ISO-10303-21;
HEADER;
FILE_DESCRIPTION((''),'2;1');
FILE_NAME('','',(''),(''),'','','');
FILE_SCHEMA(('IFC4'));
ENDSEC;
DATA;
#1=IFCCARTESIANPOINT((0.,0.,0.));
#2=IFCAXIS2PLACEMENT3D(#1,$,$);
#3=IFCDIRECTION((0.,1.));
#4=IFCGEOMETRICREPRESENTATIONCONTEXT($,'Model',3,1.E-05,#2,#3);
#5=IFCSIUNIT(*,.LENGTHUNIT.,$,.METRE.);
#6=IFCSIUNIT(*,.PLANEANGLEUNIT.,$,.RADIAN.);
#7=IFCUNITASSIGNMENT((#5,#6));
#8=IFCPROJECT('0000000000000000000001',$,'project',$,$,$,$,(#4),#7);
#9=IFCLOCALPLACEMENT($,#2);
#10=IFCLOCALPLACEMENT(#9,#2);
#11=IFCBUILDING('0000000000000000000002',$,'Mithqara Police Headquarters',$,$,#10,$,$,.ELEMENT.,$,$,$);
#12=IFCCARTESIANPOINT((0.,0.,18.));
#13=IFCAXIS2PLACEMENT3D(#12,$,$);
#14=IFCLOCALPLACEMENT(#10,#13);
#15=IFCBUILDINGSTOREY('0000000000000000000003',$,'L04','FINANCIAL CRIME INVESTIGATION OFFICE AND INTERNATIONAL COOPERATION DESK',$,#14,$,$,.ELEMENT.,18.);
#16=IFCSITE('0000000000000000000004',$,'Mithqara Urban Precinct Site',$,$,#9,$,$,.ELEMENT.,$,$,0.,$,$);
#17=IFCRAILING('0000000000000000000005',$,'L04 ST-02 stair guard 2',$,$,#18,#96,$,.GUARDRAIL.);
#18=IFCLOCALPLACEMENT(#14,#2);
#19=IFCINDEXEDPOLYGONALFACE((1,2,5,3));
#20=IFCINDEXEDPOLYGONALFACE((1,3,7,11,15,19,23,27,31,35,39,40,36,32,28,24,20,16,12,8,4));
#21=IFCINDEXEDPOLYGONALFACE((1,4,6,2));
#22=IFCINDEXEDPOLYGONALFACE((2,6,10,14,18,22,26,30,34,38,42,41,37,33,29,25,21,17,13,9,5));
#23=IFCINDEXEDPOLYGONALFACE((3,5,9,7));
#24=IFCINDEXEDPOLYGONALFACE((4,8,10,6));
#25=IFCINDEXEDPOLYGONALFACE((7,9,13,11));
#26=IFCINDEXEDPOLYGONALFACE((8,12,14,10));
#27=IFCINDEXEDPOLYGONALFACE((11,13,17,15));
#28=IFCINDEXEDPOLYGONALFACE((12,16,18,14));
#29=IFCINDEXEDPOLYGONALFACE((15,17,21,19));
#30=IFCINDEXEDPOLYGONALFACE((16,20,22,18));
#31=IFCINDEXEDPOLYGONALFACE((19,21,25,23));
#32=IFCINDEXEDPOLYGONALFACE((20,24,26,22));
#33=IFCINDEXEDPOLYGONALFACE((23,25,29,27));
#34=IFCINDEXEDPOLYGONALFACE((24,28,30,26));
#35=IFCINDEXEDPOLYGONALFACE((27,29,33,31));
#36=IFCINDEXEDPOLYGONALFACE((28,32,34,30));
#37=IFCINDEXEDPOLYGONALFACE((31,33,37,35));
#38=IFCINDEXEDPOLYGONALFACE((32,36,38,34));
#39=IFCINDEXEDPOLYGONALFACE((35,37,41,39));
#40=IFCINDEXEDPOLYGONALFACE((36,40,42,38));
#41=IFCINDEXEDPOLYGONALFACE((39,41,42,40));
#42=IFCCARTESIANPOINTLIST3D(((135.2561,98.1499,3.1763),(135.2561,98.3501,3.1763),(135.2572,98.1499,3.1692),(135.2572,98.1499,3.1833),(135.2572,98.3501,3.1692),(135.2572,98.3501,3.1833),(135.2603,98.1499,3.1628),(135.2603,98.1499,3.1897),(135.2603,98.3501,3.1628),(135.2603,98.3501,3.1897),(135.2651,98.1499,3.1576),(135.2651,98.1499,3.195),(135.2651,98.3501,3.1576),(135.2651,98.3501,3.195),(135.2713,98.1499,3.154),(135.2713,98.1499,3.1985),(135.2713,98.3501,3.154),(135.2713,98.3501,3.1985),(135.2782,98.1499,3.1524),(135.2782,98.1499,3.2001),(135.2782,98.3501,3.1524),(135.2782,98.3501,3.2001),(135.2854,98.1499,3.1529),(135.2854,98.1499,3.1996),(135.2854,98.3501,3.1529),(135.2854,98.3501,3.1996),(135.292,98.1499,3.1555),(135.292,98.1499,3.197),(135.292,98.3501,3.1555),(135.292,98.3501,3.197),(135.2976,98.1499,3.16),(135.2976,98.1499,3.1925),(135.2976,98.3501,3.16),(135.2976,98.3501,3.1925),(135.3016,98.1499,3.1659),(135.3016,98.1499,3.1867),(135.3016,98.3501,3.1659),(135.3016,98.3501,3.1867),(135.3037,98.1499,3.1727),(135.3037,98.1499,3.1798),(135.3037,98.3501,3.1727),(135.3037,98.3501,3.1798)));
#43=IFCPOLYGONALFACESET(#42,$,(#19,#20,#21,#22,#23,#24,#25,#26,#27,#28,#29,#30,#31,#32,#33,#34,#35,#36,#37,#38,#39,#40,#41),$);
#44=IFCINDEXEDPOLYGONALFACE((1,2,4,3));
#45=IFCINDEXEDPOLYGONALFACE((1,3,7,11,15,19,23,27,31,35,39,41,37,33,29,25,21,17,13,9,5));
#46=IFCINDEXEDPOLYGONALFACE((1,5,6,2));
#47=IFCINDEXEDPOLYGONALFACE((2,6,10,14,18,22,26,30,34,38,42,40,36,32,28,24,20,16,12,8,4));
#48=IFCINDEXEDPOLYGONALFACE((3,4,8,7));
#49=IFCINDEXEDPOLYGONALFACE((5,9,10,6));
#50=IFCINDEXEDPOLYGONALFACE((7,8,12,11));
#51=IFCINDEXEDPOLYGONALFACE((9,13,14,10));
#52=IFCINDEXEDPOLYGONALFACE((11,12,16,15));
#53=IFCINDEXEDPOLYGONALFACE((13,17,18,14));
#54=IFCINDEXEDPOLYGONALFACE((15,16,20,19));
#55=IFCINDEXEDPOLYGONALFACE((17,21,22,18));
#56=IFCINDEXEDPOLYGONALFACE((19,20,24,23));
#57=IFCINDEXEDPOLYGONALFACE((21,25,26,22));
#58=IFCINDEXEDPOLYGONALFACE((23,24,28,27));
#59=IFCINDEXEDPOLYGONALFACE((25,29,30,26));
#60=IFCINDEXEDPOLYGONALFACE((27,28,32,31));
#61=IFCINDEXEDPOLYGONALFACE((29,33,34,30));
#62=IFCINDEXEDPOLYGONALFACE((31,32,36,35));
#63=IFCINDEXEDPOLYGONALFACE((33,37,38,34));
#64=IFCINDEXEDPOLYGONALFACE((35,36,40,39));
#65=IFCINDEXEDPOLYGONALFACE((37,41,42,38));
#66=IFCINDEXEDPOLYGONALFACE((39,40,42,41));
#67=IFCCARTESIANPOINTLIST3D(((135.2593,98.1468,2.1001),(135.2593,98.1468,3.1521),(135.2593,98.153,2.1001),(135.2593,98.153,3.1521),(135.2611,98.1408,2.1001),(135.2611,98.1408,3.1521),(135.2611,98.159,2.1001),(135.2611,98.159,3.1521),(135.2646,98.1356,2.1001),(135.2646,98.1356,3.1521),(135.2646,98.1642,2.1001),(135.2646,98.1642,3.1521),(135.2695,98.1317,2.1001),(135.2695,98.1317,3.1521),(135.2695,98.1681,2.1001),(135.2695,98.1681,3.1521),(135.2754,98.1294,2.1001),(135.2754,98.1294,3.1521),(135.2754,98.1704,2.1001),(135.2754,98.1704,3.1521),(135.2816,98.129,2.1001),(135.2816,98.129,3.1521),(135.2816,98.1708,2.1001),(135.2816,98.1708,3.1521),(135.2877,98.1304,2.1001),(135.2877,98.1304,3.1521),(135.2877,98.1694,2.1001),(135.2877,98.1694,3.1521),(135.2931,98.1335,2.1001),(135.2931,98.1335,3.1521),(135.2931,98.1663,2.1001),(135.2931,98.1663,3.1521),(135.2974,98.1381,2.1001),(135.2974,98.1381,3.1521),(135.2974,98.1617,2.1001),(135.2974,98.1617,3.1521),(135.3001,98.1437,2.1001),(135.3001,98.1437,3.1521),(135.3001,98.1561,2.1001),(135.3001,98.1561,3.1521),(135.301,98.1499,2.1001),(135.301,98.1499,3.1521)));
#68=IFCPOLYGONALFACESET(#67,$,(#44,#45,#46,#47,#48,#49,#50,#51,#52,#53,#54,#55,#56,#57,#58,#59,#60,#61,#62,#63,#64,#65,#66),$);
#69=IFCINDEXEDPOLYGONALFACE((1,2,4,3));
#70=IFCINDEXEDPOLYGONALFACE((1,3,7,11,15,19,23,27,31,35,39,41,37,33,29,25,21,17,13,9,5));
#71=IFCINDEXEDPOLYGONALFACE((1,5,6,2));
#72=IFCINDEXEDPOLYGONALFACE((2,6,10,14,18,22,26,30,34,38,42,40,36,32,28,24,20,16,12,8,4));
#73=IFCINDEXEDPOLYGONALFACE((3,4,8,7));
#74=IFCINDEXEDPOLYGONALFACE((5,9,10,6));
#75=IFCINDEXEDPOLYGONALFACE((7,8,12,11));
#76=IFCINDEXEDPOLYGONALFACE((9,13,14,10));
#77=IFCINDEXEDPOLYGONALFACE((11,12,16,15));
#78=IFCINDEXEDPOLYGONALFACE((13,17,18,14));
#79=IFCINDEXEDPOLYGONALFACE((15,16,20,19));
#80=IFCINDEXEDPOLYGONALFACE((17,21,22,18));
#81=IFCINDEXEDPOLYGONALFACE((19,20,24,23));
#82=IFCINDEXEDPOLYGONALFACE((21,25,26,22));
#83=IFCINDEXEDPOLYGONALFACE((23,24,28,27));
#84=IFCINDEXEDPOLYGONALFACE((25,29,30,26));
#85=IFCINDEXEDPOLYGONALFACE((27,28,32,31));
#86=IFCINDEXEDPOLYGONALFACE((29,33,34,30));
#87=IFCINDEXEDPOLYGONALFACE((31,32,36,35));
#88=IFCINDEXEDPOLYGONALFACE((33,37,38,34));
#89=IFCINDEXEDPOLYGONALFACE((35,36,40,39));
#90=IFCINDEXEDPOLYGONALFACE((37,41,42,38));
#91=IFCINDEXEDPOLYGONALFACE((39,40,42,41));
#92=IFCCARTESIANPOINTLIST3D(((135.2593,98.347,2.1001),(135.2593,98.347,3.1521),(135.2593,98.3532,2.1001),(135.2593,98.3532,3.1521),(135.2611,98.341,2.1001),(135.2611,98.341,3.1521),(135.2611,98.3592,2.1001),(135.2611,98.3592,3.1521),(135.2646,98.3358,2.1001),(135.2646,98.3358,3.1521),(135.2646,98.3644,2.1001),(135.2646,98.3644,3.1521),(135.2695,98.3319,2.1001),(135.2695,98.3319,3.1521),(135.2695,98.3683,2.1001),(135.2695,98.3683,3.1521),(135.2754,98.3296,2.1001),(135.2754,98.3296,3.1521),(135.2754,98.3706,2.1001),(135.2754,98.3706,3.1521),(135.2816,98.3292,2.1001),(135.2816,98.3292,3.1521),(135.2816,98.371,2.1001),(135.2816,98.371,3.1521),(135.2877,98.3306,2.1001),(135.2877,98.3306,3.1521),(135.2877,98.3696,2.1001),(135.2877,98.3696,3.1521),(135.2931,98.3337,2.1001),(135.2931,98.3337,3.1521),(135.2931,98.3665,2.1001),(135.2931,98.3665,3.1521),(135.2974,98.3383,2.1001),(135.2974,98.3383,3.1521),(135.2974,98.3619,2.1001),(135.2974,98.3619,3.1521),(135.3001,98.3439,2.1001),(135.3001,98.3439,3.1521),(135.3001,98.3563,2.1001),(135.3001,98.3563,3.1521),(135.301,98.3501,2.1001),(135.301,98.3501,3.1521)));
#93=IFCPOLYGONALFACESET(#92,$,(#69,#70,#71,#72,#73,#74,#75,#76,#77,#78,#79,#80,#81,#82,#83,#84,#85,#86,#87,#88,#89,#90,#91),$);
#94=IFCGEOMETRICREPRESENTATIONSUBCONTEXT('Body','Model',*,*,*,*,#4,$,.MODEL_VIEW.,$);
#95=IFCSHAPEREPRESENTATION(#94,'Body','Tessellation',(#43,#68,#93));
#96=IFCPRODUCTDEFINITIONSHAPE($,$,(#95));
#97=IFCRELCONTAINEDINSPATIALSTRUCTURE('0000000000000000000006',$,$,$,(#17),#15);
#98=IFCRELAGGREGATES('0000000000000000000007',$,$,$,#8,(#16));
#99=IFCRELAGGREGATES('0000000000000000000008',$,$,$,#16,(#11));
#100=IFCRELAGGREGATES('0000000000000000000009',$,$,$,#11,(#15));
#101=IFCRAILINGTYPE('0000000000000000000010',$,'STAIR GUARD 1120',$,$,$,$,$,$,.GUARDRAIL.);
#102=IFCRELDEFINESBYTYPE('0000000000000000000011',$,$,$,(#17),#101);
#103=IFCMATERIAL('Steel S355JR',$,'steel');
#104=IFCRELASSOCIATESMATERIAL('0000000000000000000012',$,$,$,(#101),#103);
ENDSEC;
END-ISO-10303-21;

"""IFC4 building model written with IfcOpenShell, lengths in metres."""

from ifc_helpers import new_model, si_unit, direction, frame, origin, origin_2d, place, context, subcontext, project, spatial, circle, extrude, material, type_object, element, save


model = new_model("IFC4")

# Units and contexts
model_context = context("Model", 3, precision=1e-05, world=origin(), true_north=direction((0.0, 1.0)))
body_context = subcontext(model_context, "Body", "Model", "MODEL_VIEW")
ifc_project = project(units=[si_unit("LENGTHUNIT", "METRE"), si_unit("PLANEANGLEUNIT", "RADIAN")], contexts=[model_context])

# Site, building, storey
site_placement = place(None, origin())
site = spatial("IfcSite", under=ifc_project, at=site_placement, Name="Mithqara Urban Precinct Site", CompositionType="ELEMENT", RefElevation=0.0)
building_placement = place(site_placement, origin())
building = spatial("IfcBuilding", under=site, at=building_placement, Name="Mithqara Police Headquarters", CompositionType="ELEMENT")
storey_placement = place(building_placement, frame((0.0, 0.0, 18.0)))
storey = spatial("IfcBuildingStorey", under=building, at=storey_placement, Name="L04", Description="FINANCIAL CRIME INVESTIGATION OFFICE AND INTERNATIONAL COOPERATION DESK", CompositionType="ELEMENT", Elevation=18.0)

# Shared definitions
ifc_material_1 = material(Name="Steel S355JR", Category="steel")

# Railing
railing_type_1 = type_object("IfcRailingType", Name="STAIR GUARD 1120", PredefinedType="GUARDRAIL", material=ifc_material_1)
railing_1_placement = place(storey_placement, frame((135.28, 98.1499, 2.1001)))
element("IfcRailing", 1, at=railing_1_placement, inside=storey, type_object=railing_type_1, Name="L04 ST-02 stair guard 2", PredefinedType="GUARDRAIL", context=body_context, shape_type="SweptSolid", body=[
    extrude(circle(Radius=0.0239, at=origin_2d()), frame((0.0, 0.0, 1.0762), z_axis=(0.0, 1.0, 0.0), x_axis=(-1.0, 0.0, 0.0)), (0.0, 0.0, 1.0), 0.2002),
    extrude(circle(Radius=0.021, at=origin_2d()), origin(), (0.0, 0.0, 1.0), 1.052),
    extrude(circle(Radius=0.021, at=origin_2d()), frame((0.0, 0.2002, 0.0)), (0.0, 0.0, 1.0), 1.052),
])

save(model, "model.ifc")
